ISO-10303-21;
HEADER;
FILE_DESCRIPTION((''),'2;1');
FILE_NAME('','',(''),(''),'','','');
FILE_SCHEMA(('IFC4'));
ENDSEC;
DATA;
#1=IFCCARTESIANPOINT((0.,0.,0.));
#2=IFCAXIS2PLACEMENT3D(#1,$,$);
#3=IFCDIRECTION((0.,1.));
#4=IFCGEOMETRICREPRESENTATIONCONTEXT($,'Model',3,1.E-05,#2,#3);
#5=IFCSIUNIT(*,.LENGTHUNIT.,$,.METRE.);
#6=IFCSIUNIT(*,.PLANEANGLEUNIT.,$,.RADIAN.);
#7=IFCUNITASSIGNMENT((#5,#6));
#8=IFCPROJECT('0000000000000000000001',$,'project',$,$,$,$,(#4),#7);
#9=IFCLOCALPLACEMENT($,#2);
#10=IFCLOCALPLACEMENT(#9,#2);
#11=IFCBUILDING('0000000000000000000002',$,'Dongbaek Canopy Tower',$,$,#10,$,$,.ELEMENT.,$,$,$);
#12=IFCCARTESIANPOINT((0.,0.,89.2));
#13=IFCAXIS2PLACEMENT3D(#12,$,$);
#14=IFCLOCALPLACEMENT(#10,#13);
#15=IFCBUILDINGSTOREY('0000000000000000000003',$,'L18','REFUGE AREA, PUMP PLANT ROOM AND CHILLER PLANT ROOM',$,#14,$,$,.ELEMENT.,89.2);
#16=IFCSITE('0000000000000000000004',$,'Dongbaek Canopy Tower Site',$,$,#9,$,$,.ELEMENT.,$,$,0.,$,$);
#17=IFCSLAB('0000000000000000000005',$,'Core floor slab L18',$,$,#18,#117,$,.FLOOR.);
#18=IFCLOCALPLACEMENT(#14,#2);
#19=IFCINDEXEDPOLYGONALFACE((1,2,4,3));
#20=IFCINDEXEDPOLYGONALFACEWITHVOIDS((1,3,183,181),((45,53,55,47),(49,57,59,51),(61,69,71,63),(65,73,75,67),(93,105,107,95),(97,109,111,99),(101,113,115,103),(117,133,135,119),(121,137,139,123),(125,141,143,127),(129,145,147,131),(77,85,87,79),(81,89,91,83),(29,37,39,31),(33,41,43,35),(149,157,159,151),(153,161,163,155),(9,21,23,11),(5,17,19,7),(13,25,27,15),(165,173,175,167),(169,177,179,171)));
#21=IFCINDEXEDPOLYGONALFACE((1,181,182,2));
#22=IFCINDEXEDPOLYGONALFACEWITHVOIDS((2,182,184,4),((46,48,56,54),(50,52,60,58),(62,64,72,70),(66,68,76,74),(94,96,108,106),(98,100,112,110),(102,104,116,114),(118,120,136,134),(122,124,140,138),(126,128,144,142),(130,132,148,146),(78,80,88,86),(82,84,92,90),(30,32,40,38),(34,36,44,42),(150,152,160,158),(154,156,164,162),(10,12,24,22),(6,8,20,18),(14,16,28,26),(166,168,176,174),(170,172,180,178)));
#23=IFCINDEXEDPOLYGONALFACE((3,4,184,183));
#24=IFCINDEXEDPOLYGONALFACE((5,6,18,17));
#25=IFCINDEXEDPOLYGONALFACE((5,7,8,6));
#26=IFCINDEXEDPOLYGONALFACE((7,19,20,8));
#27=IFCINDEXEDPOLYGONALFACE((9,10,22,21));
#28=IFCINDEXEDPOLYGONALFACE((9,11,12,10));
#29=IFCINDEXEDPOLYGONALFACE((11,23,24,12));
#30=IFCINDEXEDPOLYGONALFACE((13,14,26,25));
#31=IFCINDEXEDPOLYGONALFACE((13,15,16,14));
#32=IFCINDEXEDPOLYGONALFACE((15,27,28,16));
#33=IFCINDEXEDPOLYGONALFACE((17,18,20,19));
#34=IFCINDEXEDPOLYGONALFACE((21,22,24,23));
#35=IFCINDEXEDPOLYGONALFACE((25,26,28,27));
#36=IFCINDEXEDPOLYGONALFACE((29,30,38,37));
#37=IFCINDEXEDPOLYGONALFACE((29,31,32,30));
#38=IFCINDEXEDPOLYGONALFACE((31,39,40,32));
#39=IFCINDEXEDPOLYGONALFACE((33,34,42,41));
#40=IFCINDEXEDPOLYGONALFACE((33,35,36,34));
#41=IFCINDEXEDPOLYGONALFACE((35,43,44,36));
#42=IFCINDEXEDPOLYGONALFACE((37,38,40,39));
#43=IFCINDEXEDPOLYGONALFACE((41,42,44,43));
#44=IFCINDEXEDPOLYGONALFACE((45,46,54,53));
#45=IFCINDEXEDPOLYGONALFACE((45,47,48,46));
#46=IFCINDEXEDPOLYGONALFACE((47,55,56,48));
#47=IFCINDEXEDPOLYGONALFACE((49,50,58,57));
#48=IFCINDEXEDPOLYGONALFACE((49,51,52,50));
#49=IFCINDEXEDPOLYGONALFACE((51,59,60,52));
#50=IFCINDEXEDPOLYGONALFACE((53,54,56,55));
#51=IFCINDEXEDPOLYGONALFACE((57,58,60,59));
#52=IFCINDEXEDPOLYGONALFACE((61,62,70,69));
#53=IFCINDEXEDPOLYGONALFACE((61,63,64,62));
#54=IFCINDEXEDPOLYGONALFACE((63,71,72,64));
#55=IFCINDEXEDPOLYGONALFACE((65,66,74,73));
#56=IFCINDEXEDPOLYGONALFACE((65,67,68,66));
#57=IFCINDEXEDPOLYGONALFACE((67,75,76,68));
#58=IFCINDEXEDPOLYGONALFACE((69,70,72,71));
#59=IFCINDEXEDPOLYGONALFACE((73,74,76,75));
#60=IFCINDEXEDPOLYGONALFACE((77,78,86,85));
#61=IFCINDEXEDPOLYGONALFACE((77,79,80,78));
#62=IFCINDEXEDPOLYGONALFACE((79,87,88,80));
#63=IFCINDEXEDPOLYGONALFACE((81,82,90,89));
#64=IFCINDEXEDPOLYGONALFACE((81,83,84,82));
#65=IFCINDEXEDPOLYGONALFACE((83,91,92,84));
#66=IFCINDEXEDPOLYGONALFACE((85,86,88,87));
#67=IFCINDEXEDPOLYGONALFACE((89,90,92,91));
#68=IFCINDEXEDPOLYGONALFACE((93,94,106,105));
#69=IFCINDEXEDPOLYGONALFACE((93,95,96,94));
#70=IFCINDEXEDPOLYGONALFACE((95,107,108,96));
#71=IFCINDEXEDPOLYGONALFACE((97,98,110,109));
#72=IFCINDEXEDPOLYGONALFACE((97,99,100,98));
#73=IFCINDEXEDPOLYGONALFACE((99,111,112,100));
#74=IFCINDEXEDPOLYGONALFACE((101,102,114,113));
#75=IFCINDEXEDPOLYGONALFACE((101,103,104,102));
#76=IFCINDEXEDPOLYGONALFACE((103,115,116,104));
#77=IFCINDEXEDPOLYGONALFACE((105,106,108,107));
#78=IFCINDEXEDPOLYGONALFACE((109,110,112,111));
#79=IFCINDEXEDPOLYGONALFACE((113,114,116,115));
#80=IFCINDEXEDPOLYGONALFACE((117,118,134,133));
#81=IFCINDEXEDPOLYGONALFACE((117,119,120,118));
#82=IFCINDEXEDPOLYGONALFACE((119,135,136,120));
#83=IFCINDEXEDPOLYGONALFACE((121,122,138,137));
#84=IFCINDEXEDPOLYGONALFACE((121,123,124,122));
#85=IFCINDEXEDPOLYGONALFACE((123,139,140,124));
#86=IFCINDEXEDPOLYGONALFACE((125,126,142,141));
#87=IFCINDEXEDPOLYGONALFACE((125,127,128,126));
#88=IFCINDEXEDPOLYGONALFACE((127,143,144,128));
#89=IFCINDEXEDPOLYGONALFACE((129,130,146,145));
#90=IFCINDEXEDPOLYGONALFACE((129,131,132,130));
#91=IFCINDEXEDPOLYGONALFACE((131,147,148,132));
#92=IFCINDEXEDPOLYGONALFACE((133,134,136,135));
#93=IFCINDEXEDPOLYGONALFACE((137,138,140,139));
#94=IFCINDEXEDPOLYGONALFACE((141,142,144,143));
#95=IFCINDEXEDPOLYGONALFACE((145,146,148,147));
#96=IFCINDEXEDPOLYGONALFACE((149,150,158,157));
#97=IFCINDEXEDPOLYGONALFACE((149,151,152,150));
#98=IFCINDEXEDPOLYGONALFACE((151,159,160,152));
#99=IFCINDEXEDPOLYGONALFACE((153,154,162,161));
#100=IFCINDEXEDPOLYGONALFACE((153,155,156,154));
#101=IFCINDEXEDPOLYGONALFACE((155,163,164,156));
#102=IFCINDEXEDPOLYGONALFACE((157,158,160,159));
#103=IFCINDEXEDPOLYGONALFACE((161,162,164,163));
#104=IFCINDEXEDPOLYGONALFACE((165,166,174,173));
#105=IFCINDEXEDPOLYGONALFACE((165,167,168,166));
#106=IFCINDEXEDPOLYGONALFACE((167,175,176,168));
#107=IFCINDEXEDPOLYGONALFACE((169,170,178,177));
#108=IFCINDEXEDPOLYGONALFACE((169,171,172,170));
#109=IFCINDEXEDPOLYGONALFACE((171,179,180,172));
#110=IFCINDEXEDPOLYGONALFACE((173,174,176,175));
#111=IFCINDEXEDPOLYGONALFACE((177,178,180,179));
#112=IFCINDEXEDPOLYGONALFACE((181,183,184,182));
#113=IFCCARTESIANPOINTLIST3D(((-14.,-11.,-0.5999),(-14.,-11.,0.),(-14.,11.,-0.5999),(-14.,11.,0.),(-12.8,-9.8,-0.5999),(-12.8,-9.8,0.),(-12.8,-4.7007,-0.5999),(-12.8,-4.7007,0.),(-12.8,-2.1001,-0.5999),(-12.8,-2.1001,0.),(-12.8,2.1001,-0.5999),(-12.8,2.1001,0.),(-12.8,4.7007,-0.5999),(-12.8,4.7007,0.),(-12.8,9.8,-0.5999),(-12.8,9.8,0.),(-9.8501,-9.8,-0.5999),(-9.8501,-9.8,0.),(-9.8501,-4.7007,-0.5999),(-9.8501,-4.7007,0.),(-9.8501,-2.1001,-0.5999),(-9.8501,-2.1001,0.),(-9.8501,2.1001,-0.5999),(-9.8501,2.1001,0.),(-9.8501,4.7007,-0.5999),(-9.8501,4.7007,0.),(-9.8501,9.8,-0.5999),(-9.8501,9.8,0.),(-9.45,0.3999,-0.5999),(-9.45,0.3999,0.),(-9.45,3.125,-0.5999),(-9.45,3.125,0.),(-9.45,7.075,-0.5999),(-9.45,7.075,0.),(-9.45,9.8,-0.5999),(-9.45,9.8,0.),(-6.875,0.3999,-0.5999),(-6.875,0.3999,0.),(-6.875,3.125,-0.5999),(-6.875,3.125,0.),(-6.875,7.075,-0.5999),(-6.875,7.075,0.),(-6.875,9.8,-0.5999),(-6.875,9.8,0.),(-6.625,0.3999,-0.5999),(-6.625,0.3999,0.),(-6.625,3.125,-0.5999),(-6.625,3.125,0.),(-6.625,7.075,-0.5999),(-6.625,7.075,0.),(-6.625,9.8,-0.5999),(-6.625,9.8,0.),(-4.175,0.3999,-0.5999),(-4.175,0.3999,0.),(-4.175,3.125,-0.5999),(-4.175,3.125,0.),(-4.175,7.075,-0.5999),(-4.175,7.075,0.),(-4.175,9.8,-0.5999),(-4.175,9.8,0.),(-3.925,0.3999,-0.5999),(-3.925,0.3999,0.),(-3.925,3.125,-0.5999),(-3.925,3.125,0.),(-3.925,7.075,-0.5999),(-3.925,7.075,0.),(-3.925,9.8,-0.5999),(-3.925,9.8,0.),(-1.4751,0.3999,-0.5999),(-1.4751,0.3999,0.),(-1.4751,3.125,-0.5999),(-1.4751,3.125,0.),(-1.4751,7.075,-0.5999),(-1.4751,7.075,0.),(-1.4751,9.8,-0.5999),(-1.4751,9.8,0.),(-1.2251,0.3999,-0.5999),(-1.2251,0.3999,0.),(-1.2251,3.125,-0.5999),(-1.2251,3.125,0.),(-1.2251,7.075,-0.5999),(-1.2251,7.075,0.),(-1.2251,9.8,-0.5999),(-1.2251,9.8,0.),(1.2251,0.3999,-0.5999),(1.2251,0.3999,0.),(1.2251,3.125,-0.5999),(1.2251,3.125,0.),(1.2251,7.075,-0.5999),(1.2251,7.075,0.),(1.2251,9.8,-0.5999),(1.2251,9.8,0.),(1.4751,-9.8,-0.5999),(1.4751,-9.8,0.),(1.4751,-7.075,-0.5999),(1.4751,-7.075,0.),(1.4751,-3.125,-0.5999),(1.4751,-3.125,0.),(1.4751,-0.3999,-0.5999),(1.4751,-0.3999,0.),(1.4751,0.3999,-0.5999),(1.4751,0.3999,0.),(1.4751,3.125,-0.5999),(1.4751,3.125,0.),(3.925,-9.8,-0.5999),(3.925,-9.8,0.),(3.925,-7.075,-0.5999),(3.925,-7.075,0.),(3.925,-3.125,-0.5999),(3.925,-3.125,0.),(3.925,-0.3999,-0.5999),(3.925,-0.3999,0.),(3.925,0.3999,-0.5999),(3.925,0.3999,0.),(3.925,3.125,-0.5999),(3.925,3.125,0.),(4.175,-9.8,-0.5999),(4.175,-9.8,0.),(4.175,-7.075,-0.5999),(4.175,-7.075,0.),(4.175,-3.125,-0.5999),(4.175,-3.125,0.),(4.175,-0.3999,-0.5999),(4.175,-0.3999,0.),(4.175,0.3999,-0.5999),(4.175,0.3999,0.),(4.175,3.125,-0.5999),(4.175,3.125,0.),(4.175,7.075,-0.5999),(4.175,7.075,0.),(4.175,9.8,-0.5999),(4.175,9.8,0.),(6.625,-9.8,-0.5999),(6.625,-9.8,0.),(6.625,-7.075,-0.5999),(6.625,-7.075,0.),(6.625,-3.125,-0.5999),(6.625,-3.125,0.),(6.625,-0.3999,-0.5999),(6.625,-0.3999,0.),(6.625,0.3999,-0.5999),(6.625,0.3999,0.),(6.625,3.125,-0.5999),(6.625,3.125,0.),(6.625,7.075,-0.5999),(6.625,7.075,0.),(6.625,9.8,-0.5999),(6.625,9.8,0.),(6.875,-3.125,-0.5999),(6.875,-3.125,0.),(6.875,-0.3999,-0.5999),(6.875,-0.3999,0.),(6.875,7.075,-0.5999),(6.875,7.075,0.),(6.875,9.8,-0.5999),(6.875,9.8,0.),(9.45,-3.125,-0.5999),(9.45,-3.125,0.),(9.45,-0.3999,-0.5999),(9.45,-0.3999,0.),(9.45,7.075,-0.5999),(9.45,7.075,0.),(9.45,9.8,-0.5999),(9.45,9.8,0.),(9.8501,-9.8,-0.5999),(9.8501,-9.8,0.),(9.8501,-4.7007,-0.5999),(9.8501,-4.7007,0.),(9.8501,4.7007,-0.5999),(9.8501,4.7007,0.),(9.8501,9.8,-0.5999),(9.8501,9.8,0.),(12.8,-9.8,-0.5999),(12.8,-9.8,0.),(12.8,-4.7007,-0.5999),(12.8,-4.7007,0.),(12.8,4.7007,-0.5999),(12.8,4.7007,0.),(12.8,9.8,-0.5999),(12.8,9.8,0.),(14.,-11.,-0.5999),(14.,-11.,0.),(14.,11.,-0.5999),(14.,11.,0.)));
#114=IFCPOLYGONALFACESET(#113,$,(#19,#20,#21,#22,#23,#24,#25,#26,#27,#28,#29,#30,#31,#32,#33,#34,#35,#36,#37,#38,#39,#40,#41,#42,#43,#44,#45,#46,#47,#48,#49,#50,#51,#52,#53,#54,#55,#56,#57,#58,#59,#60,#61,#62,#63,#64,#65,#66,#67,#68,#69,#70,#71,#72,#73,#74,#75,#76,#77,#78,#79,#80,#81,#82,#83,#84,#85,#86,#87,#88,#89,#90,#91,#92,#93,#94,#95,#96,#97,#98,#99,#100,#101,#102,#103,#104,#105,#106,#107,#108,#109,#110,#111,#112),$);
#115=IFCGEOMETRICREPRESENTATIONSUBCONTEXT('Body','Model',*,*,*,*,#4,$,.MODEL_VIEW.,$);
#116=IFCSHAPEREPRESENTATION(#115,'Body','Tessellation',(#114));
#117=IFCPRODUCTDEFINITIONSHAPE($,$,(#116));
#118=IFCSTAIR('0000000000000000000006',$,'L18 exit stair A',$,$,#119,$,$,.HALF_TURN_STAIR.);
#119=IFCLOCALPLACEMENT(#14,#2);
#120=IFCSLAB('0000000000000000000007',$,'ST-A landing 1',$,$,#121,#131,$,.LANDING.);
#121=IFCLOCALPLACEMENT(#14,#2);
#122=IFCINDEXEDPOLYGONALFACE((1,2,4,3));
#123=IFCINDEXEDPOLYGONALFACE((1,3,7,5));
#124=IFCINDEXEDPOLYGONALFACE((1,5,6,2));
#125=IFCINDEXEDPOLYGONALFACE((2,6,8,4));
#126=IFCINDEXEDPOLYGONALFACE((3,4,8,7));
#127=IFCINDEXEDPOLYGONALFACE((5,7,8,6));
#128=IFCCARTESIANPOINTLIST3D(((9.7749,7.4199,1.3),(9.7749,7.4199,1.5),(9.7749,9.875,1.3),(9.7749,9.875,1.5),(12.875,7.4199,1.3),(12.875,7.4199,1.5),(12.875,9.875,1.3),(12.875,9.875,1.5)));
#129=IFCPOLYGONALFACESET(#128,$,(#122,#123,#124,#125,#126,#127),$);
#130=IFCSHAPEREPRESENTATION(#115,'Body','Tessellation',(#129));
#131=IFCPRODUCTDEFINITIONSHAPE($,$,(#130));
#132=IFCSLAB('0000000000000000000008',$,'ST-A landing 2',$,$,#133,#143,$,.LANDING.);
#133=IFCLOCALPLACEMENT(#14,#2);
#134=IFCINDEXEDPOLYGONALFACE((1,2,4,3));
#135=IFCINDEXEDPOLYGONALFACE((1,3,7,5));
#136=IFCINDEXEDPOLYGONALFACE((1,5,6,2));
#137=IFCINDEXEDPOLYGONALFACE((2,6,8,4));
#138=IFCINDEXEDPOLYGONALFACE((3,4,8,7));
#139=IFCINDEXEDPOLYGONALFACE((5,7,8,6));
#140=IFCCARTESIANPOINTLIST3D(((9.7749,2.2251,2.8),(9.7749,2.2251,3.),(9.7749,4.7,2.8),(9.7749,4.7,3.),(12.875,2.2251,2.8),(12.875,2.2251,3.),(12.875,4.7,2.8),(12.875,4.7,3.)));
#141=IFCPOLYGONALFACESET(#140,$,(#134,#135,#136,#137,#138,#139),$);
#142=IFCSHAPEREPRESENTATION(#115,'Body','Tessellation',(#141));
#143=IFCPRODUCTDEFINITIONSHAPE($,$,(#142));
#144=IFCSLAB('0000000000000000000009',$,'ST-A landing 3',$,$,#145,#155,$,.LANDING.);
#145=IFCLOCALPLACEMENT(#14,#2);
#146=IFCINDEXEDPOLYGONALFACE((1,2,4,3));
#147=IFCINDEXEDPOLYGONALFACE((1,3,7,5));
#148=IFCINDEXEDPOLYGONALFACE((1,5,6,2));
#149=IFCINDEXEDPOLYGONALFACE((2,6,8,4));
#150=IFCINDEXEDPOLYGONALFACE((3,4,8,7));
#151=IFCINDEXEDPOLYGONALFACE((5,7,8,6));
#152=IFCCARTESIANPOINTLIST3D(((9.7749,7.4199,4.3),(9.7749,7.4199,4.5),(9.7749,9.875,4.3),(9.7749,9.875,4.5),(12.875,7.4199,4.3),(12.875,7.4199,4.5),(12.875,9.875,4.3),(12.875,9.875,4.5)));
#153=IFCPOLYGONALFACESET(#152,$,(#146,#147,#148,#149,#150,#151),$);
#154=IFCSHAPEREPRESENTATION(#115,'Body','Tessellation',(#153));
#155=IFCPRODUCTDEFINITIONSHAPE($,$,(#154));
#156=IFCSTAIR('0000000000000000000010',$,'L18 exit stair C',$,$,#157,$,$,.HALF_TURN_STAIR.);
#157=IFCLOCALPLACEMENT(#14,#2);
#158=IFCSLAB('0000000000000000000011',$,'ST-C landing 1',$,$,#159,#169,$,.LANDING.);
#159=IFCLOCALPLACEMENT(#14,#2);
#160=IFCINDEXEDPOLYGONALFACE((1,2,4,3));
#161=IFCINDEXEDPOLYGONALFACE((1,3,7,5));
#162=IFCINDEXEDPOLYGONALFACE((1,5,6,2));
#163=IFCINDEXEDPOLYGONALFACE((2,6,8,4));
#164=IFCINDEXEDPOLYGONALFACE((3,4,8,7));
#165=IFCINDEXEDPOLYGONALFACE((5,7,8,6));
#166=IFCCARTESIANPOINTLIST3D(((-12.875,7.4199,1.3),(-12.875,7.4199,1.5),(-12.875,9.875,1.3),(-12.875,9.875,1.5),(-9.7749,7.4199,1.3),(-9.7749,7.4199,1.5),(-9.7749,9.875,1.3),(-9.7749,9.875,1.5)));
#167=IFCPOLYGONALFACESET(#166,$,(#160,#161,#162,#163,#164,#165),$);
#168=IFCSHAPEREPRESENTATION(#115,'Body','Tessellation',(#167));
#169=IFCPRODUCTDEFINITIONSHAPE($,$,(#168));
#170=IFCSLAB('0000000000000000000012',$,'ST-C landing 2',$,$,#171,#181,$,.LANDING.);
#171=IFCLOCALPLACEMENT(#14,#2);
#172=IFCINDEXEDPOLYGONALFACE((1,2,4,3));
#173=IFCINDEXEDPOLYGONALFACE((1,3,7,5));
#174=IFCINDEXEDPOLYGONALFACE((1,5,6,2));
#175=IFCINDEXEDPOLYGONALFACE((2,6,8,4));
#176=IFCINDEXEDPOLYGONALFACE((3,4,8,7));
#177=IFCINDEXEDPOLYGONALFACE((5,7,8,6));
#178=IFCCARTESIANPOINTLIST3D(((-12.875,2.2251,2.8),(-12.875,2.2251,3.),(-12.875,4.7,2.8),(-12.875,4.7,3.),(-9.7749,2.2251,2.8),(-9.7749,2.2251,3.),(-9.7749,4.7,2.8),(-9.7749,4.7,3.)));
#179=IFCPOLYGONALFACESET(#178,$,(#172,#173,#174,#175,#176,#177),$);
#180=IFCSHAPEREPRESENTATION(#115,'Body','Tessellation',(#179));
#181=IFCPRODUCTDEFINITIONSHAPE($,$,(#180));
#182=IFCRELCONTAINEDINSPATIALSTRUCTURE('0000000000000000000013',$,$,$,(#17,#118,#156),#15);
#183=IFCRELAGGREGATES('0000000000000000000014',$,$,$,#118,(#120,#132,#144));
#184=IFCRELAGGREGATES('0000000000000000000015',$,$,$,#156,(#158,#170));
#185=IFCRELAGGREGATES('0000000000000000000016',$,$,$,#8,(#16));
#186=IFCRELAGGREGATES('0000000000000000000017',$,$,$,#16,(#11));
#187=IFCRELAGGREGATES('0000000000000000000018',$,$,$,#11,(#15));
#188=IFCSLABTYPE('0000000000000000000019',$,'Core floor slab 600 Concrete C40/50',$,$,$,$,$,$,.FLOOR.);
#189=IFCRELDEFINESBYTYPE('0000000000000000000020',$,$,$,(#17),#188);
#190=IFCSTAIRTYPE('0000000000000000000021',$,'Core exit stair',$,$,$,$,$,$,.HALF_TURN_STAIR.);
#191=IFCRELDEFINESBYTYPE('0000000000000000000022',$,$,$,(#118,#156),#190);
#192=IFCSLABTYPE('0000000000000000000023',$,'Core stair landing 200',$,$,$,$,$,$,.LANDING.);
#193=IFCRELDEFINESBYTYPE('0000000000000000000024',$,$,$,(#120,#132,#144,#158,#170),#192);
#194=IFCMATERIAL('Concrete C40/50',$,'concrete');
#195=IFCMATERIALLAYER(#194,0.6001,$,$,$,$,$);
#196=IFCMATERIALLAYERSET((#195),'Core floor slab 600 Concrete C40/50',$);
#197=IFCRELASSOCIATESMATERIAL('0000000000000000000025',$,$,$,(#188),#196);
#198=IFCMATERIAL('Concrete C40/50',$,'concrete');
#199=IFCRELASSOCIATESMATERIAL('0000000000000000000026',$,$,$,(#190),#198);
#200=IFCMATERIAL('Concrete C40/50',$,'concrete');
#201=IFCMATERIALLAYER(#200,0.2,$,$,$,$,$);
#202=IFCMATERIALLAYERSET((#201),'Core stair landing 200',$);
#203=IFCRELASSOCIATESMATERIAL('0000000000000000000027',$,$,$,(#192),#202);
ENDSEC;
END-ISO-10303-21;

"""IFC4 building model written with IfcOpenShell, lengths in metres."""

from ifc_helpers import new_model, si_unit, direction, frame, origin, place, context, subcontext, project, spatial, polyline, outline, extrude, material, layer, layer_set, type_object, element, aggregate, save


model = new_model("IFC4")

# Units and contexts
model_context = context("Model", 3, precision=1e-05, world=origin(), true_north=direction((0.0, 1.0)))
body_context = subcontext(model_context, "Body", "Model", "MODEL_VIEW")
ifc_project = project(units=[si_unit("LENGTHUNIT", "METRE"), si_unit("PLANEANGLEUNIT", "RADIAN")], contexts=[model_context])

# Site, building, storey
site_placement = place(None, origin())
site = spatial("IfcSite", under=ifc_project, at=site_placement, Name="Dongbaek Canopy Tower Site", CompositionType="ELEMENT", RefElevation=0.0)
building_placement = place(site_placement, origin())
building = spatial("IfcBuilding", under=site, at=building_placement, Name="Dongbaek Canopy Tower", CompositionType="ELEMENT")
storey_placement = place(building_placement, frame((0.0, 0.0, 89.2)))
storey = spatial("IfcBuildingStorey", under=building, at=storey_placement, Name="L18", Description="REFUGE AREA, PUMP PLANT ROOM AND CHILLER PLANT ROOM", CompositionType="ELEMENT", Elevation=89.2)

# Slab
ifc_material_1 = material(Name="Concrete C40/50", Category="concrete")
ifc_layer_1 = layer(ifc_material_1, 0.6001)
ifc_layer_set_1 = layer_set([ifc_layer_1], Name="Core floor slab 600 Concrete C40/50")
slab_type_1 = type_object("IfcSlabType", Name="Core floor slab 600 Concrete C40/50", PredefinedType="FLOOR", material=ifc_layer_set_1)
slab_1_placement = place(storey_placement, frame((0.0, 0.0, -0.5999)))
element("IfcSlab", 1, at=slab_1_placement, inside=storey, type_object=slab_type_1, Name="Core floor slab L18", PredefinedType="FLOOR", context=body_context, shape_type="SweptSolid", body=[
    extrude(outline(polyline([(14.0, -11.0), (14.0, 11.0), (-14.0, 11.0), (-14.0, -11.0), (14.0, -11.0)]), holes=[polyline([(-12.8, 2.1001), (-9.8501, 2.1001), (-9.8501, -2.1001), (-12.8, -2.1001), (-12.8, 2.1001)]), polyline([(-6.875, 9.8), (-6.875, 7.075), (-9.45, 7.075), (-9.45, 9.8), (-6.875, 9.8)]), polyline([(-4.175, 9.8), (-4.175, 7.075), (-6.625, 7.075), (-6.625, 9.8), (-4.175, 9.8)]), polyline([(-1.4751, 9.8), (-1.4751, 7.075), (-3.925, 7.075), (-3.925, 9.8), (-1.4751, 9.8)]), polyline([(1.2251, 9.8), (1.2251, 7.075), (-1.2251, 7.075), (-1.2251, 9.8), (1.2251, 9.8)]), polyline([(6.625, 9.8), (6.625, 7.075), (4.175, 7.075), (4.175, 9.8), (6.625, 9.8)]), polyline([(9.45, 7.075), (6.875, 7.075), (6.875, 9.8), (9.45, 9.8), (9.45, 7.075)]), polyline([(-9.45, 3.125), (-6.875, 3.125), (-6.875, 0.3999), (-9.45, 0.3999), (-9.45, 3.125)]), polyline([(-6.625, 3.125), (-4.175, 3.125), (-4.175, 0.3999), (-6.625, 0.3999), (-6.625, 3.125)]), polyline([(-3.925, 3.125), (-1.4751, 3.125), (-1.4751, 0.3999), (-3.925, 0.3999), (-3.925, 3.125)]), polyline([(-1.2251, 3.125), (1.2251, 3.125), (1.2251, 0.3999), (-1.2251, 0.3999), (-1.2251, 3.125)]), polyline([(1.4751, 0.3999), (1.4751, 3.125), (3.925, 3.125), (3.925, 0.3999), (1.4751, 0.3999)]), polyline([(4.175, 0.3999), (4.175, 3.125), (6.625, 3.125), (6.625, 0.3999), (4.175, 0.3999)]), polyline([(3.925, -0.3999), (3.925, -3.125), (1.4751, -3.125), (1.4751, -0.3999), (3.925, -0.3999)]), polyline([(6.625, -0.3999), (6.625, -3.125), (4.175, -3.125), (4.175, -0.3999), (6.625, -0.3999)]), polyline([(9.45, -3.125), (6.875, -3.125), (6.875, -0.3999), (9.45, -0.3999), (9.45, -3.125)]), polyline([(1.4751, -9.8), (1.4751, -7.075), (3.925, -7.075), (3.925, -9.8), (1.4751, -9.8)]), polyline([(4.175, -9.8), (4.175, -7.075), (6.625, -7.075), (6.625, -9.8), (4.175, -9.8)]), polyline([(12.8, 4.7007), (12.8, 9.8), (9.8501, 9.8), (9.8501, 4.7007), (12.8, 4.7007)]), polyline([(-9.8501, 4.7007), (-9.8501, 9.8), (-12.8, 9.8), (-12.8, 4.7007), (-9.8501, 4.7007)]), polyline([(9.8501, -4.7007), (9.8501, -9.8), (12.8, -9.8), (12.8, -4.7007), (9.8501, -4.7007)]), polyline([(-12.8, -4.7007), (-12.8, -9.8), (-9.8501, -9.8), (-9.8501, -4.7007), (-12.8, -4.7007)])]), origin(), (0.0, 0.0, 1.0), 0.5999),
])

# Stairs, slabs
ifc_material_2 = material(Name="Concrete C40/50", Category="concrete")
stair_type = type_object("IfcStairType", Name="Core exit stair", PredefinedType="HALF_TURN_STAIR", material=ifc_material_2)
stair_1_placement = place(storey_placement, origin())
stair_1 = element("IfcStair", 2, at=stair_1_placement, inside=storey, type_object=stair_type, Name="L18 exit stair A", PredefinedType="HALF_TURN_STAIR")
ifc_material_3 = material(Name="Concrete C40/50", Category="concrete")
ifc_layer_2 = layer(ifc_material_3, 0.2)
ifc_layer_set_2 = layer_set([ifc_layer_2], Name="Core stair landing 200")
slab_type_2 = type_object("IfcSlabType", Name="Core stair landing 200", PredefinedType="LANDING", material=ifc_layer_set_2)
slab_2_placement = place(storey_placement, frame((0.0, 0.0, 1.3)))
slab_2 = element("IfcSlab", 3, at=slab_2_placement, type_object=slab_type_2, Name="ST-A landing 1", PredefinedType="LANDING", context=body_context, shape_type="SweptSolid", body=[
    extrude(outline(polyline([(12.875, 7.4199), (12.875, 9.875), (9.7749, 9.875), (9.7749, 7.4199), (12.875, 7.4199)])), origin(), (0.0, 0.0, 1.0), 0.2),
])
slab_3_placement = place(storey_placement, frame((0.0, 0.0, 2.8)))
slab_3 = element("IfcSlab", 4, at=slab_3_placement, type_object=slab_type_2, Name="ST-A landing 2", PredefinedType="LANDING", context=body_context, shape_type="SweptSolid", body=[
    extrude(outline(polyline([(12.875, 2.2251), (12.875, 4.7), (9.7749, 4.7), (9.7749, 2.2251), (12.875, 2.2251)])), origin(), (0.0, 0.0, 1.0), 0.2),
])
slab_4_placement = place(storey_placement, frame((0.0, 0.0, 4.3)))
slab_4 = element("IfcSlab", 5, at=slab_4_placement, type_object=slab_type_2, Name="ST-A landing 3", PredefinedType="LANDING", context=body_context, shape_type="SweptSolid", body=[
    extrude(outline(polyline([(12.875, 7.4199), (12.875, 9.875), (9.7749, 9.875), (9.7749, 7.4199), (12.875, 7.4199)])), origin(), (0.0, 0.0, 1.0), 0.2),
])
aggregate(stair_1, [slab_2, slab_3, slab_4])
stair_2_placement = place(storey_placement, origin())
stair_2 = element("IfcStair", 6, at=stair_2_placement, inside=storey, type_object=stair_type, Name="L18 exit stair C", PredefinedType="HALF_TURN_STAIR")
slab_5_placement = place(storey_placement, frame((0.0, 0.0, 1.3)))
slab_5 = element("IfcSlab", 7, at=slab_5_placement, type_object=slab_type_2, Name="ST-C landing 1", PredefinedType="LANDING", context=body_context, shape_type="SweptSolid", body=[
    extrude(outline(polyline([(-9.7749, 7.4199), (-9.7749, 9.875), (-12.875, 9.875), (-12.875, 7.4199), (-9.7749, 7.4199)])), origin(), (0.0, 0.0, 1.0), 0.2),
])
slab_6_placement = place(storey_placement, frame((0.0, 0.0, 2.8)))
slab_6 = element("IfcSlab", 8, at=slab_6_placement, type_object=slab_type_2, Name="ST-C landing 2", PredefinedType="LANDING", context=body_context, shape_type="SweptSolid", body=[
    extrude(outline(polyline([(-9.7749, 2.2251), (-9.7749, 4.7), (-12.875, 4.7), (-12.875, 2.2251), (-9.7749, 2.2251)])), origin(), (0.0, 0.0, 1.0), 0.2),
])
aggregate(stair_2, [slab_5, slab_6])

save(model, "model.ifc")
